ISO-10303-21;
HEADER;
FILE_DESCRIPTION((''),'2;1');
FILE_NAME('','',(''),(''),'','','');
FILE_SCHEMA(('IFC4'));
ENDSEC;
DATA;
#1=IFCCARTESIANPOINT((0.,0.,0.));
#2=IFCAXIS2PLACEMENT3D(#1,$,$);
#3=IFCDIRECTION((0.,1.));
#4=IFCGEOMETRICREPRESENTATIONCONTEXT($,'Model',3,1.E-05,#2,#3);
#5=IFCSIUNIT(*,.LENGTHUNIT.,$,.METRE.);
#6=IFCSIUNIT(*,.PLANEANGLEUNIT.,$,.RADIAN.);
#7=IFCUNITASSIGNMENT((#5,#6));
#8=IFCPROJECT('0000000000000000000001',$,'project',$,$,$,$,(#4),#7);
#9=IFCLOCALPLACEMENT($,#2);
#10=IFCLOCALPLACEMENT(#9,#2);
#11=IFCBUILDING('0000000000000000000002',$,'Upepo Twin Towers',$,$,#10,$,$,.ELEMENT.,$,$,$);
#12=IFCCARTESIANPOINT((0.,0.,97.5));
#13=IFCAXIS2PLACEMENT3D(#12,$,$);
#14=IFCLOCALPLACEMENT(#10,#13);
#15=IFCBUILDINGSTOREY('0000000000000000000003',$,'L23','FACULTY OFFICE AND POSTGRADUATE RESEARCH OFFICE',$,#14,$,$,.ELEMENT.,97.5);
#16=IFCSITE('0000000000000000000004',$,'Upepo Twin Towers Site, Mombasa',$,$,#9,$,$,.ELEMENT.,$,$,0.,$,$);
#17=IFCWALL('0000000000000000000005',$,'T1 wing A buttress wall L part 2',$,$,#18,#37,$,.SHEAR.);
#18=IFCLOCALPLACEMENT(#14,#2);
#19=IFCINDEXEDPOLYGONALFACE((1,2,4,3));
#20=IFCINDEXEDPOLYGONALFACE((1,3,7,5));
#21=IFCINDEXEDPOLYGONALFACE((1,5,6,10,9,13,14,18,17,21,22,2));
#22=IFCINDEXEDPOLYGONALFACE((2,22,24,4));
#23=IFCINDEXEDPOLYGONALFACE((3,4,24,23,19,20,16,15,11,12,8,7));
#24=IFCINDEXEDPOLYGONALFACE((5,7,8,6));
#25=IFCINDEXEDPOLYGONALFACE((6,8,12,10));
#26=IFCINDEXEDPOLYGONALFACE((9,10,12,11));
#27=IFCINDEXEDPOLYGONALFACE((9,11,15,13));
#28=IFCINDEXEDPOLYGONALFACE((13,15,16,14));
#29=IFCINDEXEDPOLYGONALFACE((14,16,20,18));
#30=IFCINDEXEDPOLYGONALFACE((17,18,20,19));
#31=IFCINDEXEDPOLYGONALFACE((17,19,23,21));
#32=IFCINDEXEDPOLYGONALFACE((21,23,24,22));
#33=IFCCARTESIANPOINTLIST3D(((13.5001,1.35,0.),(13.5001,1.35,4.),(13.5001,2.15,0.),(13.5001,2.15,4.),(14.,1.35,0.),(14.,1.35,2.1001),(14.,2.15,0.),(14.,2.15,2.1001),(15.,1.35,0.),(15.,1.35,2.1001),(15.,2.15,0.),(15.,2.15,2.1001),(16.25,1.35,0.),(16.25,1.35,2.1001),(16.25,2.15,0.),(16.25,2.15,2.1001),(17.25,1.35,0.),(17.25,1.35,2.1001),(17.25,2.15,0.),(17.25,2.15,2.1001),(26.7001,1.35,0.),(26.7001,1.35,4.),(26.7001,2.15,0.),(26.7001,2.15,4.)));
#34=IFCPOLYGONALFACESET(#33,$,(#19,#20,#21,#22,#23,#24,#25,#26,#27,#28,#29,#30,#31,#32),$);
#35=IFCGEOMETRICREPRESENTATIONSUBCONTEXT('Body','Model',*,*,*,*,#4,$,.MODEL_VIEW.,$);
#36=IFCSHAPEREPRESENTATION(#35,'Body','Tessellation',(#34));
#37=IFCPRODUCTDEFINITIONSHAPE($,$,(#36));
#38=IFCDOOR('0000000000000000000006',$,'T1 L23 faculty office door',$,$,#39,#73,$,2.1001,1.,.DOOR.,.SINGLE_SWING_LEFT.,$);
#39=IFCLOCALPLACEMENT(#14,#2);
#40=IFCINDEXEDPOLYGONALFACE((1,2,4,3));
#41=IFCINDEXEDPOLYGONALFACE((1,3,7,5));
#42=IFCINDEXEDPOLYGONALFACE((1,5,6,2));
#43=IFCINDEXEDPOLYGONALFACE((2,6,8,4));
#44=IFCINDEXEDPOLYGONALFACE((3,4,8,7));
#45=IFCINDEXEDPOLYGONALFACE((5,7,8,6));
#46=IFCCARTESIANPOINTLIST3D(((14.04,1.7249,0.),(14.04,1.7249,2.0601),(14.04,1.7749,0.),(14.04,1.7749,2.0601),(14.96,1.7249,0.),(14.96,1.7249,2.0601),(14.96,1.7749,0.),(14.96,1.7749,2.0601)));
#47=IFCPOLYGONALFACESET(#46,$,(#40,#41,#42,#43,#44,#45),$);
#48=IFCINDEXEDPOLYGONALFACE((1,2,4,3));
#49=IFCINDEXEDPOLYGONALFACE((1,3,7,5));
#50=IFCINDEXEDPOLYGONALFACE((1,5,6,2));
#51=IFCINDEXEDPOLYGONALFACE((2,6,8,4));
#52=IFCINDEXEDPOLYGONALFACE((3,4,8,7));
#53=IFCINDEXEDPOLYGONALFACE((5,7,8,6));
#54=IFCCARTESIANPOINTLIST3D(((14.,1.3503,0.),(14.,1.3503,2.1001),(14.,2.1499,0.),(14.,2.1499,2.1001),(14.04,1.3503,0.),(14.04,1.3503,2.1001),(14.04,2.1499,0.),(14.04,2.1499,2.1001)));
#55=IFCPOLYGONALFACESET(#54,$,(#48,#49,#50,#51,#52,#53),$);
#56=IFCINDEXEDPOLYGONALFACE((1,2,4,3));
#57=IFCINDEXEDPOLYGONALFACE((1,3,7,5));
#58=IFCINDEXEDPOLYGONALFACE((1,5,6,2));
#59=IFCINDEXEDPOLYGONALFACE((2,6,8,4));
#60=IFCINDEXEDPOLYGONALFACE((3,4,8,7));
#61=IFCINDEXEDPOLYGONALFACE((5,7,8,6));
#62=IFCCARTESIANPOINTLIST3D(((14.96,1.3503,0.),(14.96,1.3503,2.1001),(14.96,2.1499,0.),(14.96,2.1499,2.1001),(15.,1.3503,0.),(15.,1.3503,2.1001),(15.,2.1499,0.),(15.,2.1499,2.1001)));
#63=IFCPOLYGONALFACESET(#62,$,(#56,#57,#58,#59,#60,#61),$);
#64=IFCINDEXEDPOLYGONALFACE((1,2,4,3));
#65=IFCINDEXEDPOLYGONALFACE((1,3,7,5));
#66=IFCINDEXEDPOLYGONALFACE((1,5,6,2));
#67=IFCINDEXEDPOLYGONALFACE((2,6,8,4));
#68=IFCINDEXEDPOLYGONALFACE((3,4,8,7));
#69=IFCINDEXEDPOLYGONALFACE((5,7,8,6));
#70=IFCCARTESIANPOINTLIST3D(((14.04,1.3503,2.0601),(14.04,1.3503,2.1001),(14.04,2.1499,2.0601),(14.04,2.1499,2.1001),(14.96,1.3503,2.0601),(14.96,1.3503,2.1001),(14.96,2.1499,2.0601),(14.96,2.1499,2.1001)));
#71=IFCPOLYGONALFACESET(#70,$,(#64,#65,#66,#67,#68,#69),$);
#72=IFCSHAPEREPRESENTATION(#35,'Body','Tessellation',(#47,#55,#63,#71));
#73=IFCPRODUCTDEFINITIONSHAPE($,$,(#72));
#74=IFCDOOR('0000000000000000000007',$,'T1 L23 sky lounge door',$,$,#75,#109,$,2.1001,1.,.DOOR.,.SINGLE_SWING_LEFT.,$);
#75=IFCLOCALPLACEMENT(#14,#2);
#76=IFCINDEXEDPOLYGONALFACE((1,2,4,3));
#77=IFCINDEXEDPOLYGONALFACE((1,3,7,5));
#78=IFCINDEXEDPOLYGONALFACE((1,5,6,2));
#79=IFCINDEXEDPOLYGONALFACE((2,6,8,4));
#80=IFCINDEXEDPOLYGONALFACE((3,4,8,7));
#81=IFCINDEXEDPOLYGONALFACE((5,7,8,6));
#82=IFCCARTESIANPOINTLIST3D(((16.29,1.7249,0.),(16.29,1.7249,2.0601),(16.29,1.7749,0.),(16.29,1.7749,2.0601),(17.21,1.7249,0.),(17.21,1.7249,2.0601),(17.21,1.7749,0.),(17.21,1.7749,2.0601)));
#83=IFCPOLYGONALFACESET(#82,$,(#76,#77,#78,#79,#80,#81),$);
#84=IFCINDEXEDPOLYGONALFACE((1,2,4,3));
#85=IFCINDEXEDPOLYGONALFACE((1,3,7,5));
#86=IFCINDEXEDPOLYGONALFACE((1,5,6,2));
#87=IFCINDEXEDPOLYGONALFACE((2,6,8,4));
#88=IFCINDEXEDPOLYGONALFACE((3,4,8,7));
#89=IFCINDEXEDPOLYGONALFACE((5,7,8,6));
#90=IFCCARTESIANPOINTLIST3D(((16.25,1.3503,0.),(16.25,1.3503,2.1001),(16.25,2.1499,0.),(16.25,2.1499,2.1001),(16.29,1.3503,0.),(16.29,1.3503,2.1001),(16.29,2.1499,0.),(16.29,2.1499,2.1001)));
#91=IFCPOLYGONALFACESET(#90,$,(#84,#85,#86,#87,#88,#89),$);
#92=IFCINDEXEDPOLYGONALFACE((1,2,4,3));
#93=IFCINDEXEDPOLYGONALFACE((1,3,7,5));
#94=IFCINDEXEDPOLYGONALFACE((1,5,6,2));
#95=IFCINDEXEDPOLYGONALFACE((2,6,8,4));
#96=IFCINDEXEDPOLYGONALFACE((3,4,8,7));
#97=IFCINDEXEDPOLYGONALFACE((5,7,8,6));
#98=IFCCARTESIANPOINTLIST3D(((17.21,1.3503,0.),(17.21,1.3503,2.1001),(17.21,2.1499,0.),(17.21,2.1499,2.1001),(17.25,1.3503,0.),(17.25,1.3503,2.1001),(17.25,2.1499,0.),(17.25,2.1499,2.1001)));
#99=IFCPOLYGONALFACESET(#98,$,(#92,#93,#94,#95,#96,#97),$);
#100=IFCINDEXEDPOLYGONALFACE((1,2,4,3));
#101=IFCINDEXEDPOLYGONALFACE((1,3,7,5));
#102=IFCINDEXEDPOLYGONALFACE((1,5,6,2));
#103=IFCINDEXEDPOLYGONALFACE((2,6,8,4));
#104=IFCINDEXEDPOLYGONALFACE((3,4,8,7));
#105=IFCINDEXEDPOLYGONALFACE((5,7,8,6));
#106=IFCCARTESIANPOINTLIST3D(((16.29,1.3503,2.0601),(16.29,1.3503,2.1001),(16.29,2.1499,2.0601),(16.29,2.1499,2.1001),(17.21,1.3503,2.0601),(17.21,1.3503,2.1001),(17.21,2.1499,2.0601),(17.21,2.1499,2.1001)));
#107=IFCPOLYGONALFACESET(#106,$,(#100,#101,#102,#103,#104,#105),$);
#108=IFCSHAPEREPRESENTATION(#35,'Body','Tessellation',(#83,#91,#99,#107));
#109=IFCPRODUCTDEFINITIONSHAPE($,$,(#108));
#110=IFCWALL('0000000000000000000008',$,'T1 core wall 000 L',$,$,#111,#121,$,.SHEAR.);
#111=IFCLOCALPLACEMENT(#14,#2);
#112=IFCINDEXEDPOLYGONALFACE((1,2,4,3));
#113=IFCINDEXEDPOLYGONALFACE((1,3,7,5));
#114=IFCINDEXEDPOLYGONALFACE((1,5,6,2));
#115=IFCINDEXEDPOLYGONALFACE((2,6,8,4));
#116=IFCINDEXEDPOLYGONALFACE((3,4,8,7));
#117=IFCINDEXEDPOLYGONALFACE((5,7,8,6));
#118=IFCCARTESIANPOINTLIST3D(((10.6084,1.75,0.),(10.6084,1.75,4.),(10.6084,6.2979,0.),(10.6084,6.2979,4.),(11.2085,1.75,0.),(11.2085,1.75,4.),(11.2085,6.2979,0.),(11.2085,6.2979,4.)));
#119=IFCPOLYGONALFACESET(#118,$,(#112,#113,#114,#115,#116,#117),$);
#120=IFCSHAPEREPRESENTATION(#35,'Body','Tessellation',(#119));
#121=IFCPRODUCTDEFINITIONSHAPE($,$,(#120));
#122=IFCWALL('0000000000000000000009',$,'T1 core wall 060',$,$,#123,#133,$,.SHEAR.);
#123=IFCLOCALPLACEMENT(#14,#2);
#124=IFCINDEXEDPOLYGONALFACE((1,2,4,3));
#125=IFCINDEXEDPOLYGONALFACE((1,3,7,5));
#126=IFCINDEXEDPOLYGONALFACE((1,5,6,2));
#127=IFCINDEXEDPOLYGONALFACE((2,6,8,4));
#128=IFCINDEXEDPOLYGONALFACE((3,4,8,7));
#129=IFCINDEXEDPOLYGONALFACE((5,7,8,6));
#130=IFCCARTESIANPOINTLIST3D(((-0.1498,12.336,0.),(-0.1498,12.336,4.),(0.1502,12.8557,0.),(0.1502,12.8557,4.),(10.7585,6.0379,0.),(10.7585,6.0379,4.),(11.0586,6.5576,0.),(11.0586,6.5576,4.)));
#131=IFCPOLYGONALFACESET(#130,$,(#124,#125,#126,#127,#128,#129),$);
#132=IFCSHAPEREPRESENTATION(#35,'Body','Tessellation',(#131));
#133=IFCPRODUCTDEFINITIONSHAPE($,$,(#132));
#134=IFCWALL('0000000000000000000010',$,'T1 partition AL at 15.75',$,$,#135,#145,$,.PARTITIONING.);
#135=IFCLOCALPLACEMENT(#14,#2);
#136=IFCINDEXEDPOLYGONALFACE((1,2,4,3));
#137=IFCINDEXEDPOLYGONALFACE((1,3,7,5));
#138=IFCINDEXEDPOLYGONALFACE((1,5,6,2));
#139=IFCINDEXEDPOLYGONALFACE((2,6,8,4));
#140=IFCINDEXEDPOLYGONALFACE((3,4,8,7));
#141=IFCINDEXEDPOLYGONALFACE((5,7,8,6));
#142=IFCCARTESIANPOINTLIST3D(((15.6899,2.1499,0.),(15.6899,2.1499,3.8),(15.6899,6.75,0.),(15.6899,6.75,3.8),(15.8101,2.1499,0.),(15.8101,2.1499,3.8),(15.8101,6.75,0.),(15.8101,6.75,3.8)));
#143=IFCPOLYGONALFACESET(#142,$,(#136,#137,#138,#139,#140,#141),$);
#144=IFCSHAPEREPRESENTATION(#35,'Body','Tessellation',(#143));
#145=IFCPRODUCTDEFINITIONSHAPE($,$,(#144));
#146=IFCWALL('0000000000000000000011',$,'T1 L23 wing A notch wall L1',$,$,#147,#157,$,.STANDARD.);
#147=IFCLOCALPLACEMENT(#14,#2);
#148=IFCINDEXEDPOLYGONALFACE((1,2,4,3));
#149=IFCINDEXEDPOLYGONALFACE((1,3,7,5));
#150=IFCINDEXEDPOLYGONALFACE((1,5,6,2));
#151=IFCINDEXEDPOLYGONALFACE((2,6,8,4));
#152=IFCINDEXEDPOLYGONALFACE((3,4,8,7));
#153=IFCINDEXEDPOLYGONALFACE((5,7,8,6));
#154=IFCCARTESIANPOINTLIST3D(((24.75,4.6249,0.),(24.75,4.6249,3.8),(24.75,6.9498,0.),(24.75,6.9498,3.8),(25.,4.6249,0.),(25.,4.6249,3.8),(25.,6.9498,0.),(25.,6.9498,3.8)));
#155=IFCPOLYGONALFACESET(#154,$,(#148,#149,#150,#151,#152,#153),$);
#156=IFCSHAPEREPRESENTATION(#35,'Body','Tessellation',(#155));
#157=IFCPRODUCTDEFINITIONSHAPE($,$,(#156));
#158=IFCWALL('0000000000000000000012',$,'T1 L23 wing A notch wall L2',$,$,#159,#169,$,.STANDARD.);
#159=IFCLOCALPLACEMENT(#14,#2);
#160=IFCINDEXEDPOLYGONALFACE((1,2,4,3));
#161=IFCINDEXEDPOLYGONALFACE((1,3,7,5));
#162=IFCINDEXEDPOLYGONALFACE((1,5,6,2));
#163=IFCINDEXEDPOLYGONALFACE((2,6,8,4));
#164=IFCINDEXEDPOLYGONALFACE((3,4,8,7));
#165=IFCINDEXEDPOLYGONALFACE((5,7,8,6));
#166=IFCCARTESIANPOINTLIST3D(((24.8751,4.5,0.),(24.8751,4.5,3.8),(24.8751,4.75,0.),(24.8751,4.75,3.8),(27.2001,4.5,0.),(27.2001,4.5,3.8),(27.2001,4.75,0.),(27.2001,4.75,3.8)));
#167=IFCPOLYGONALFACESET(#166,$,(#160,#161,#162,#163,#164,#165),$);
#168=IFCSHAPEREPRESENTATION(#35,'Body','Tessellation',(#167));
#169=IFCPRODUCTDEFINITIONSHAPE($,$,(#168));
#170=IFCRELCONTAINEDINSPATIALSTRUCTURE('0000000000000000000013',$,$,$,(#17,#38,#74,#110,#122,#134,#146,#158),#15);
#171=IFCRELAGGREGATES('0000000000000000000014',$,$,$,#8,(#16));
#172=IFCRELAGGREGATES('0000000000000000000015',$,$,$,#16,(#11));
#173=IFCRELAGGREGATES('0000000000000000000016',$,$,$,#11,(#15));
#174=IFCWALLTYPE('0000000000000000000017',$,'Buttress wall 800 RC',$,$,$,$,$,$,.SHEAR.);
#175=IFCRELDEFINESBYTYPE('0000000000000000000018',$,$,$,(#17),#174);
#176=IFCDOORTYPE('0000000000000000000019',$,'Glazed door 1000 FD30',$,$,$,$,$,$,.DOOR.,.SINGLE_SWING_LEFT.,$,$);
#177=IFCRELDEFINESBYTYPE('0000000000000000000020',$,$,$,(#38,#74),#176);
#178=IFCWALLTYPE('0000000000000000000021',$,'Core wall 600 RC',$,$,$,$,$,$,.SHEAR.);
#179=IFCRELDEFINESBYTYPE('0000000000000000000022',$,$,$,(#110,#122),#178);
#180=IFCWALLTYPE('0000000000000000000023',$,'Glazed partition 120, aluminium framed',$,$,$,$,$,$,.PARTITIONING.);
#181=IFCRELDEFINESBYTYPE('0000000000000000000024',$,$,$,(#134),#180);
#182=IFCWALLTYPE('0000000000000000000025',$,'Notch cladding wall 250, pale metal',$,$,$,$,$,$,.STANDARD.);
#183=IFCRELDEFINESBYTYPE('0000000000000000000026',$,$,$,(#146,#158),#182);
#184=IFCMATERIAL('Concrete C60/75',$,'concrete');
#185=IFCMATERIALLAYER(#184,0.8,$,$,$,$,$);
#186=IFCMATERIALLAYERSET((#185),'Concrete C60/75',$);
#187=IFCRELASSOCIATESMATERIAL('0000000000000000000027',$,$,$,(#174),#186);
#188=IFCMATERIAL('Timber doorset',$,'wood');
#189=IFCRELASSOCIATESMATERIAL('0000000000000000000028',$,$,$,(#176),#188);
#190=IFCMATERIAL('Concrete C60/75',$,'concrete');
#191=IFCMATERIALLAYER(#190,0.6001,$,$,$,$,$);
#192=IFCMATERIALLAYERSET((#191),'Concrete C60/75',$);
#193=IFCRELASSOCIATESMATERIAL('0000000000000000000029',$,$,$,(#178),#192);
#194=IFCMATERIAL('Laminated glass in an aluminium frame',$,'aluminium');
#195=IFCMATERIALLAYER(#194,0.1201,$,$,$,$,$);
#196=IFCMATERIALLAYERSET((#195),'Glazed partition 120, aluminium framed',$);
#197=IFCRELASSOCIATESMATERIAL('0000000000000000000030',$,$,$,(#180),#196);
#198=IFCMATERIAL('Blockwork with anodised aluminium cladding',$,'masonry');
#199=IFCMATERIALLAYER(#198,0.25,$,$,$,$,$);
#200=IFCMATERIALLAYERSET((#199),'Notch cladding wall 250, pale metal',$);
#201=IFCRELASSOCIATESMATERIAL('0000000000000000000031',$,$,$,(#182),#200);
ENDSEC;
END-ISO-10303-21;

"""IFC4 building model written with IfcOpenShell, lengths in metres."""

from ifc_helpers import new_model, si_unit, direction, frame, frame_2d, origin, place, context, subcontext, project, spatial, rectangle, extrude, material, layer, layer_set, type_object, element, fill, save


model = new_model("IFC4")

# Units and contexts
model_context = context("Model", 3, precision=1e-05, world=origin(), true_north=direction((0.0, 1.0)))
body_context = subcontext(model_context, "Body", "Model", "MODEL_VIEW")
ifc_project = project(units=[si_unit("LENGTHUNIT", "METRE"), si_unit("PLANEANGLEUNIT", "RADIAN")], contexts=[model_context])

# Site, building, storey
site_placement = place(None, origin())
site = spatial("IfcSite", under=ifc_project, at=site_placement, Name="Upepo Twin Towers Site, Mombasa", CompositionType="ELEMENT", RefElevation=0.0)
building_placement = place(site_placement, origin())
building = spatial("IfcBuilding", under=site, at=building_placement, Name="Upepo Twin Towers", CompositionType="ELEMENT")
storey_placement = place(building_placement, frame((0.0, 0.0, 97.5)))
storey = spatial("IfcBuildingStorey", under=building, at=storey_placement, Name="L23", Description="FACULTY OFFICE AND POSTGRADUATE RESEARCH OFFICE", CompositionType="ELEMENT", Elevation=97.5)

# Wall, openings, doors
ifc_material_1 = material(Name="Concrete C60/75", Category="concrete")
ifc_layer_1 = layer(ifc_material_1, 0.8)
ifc_layer_set_1 = layer_set([ifc_layer_1], Name="Concrete C60/75")
wall_type_1 = type_object("IfcWallType", Name="Buttress wall 800 RC", PredefinedType="SHEAR", material=ifc_layer_set_1)
wall_1_placement = place(storey_placement, frame((13.5, 1.75, 0.0), z_axis=(0.0, 0.0, 1.0), x_axis=(1.0, 0.0, 0.0)))
wall_1 = element("IfcWall", 1, at=wall_1_placement, inside=storey, type_object=wall_type_1, Name="T1 wing A buttress wall L part 2", PredefinedType="SHEAR", context=body_context, shape_type="SweptSolid", body=[
    extrude(rectangle(XDim=13.2, YDim=0.8, at=frame_2d((6.6001, 0.0))), origin(), (0.0, 0.0, 1.0), 4.0),
])
opening_1_placement = place(wall_1_placement, frame((0.5, 0.0, 0.0)))
opening_1 = element("IfcOpeningElement", 2, at=opening_1_placement, cuts=wall_1, PredefinedType="OPENING", context=body_context, shape_type="SweptSolid", body=[
    extrude(rectangle(XDim=1.0, YDim=2.1001, at=frame_2d((0.5, 1.05))), frame((0.0, 0.4099, 0.0), z_axis=(0.0, -1.0, 0.0), x_axis=(1.0, 0.0, 0.0)), (0.0, 0.0, 1.0), 0.8201),
])
opening_2_placement = place(wall_1_placement, frame((2.75, 0.0, 0.0)))
opening_2 = element("IfcOpeningElement", 3, at=opening_2_placement, cuts=wall_1, PredefinedType="OPENING", context=body_context, shape_type="SweptSolid", body=[
    extrude(rectangle(XDim=1.0, YDim=2.1001, at=frame_2d((0.5, 1.05))), frame((0.0, 0.4099, 0.0), z_axis=(0.0, -1.0, 0.0), x_axis=(1.0, 0.0, 0.0)), (0.0, 0.0, 1.0), 0.8201),
])
ifc_material_2 = material(Name="Timber doorset", Category="wood")
door_type = type_object("IfcDoorType", Name="Glazed door 1000 FD30", OperationType="SINGLE_SWING_LEFT", PredefinedType="DOOR", material=ifc_material_2)
door_1_placement = place(opening_1_placement, origin())
door_1 = element("IfcDoor", 4, at=door_1_placement, inside=storey, type_object=door_type, Name="T1 L23 faculty office door", OperationType="SINGLE_SWING_LEFT", OverallHeight=2.1001, OverallWidth=1.0, PredefinedType="DOOR", context=body_context, shape_type="SweptSolid", body=[
    extrude(rectangle(XDim=0.92, YDim=2.0601, at=frame_2d((0.5, 1.03))), frame((0.0, 0.0249, 0.0), z_axis=(0.0, -1.0, 0.0), x_axis=(1.0, 0.0, 0.0)), (0.0, 0.0, 1.0), 0.05),
    extrude(rectangle(XDim=0.04, YDim=2.1001, at=frame_2d((0.02, 1.05))), frame((0.0, 0.3999, 0.0), z_axis=(0.0, -1.0, 0.0), x_axis=(1.0, 0.0, 0.0)), (0.0, 0.0, 1.0), 0.7996),
    extrude(rectangle(XDim=0.04, YDim=2.1001, at=frame_2d((0.98, 1.05))), frame((0.0, 0.3999, 0.0), z_axis=(0.0, -1.0, 0.0), x_axis=(1.0, 0.0, 0.0)), (0.0, 0.0, 1.0), 0.7996),
    extrude(rectangle(XDim=0.92, YDim=0.04, at=frame_2d((0.5, 2.0801))), frame((0.0, 0.3999, 0.0), z_axis=(0.0, -1.0, 0.0), x_axis=(1.0, 0.0, 0.0)), (0.0, 0.0, 1.0), 0.7996),
])
fill(opening_1, door_1)
door_2_placement = place(opening_2_placement, origin())
door_2 = element("IfcDoor", 5, at=door_2_placement, inside=storey, type_object=door_type, Name="T1 L23 sky lounge door", OperationType="SINGLE_SWING_LEFT", OverallHeight=2.1001, OverallWidth=1.0, PredefinedType="DOOR", context=body_context, shape_type="SweptSolid", body=[
    extrude(rectangle(XDim=0.92, YDim=2.0601, at=frame_2d((0.5, 1.03))), frame((0.0, 0.0249, 0.0), z_axis=(0.0, -1.0, 0.0), x_axis=(1.0, 0.0, 0.0)), (0.0, 0.0, 1.0), 0.05),
    extrude(rectangle(XDim=0.04, YDim=2.1001, at=frame_2d((0.02, 1.05))), frame((0.0, 0.3999, 0.0), z_axis=(0.0, -1.0, 0.0), x_axis=(1.0, 0.0, 0.0)), (0.0, 0.0, 1.0), 0.7996),
    extrude(rectangle(XDim=0.04, YDim=2.1001, at=frame_2d((0.98, 1.05))), frame((0.0, 0.3999, 0.0), z_axis=(0.0, -1.0, 0.0), x_axis=(1.0, 0.0, 0.0)), (0.0, 0.0, 1.0), 0.7996),
    extrude(rectangle(XDim=0.92, YDim=0.04, at=frame_2d((0.5, 2.0801))), frame((0.0, 0.3999, 0.0), z_axis=(0.0, -1.0, 0.0), x_axis=(1.0, 0.0, 0.0)), (0.0, 0.0, 1.0), 0.7996),
])
fill(opening_2, door_2)

# Walls
ifc_material_3 = material(Name="Concrete C60/75", Category="concrete")
ifc_layer_2 = layer(ifc_material_3, 0.6001)
ifc_layer_set_2 = layer_set([ifc_layer_2], Name="Concrete C60/75")
wall_type_2 = type_object("IfcWallType", Name="Core wall 600 RC", PredefinedType="SHEAR", material=ifc_layer_set_2)
wall_2_placement = place(storey_placement, frame((10.9084, 1.75, 0.0), z_axis=(0.0, 0.0, 1.0), x_axis=(0.0, 1.0, 0.0)))
element("IfcWall", 6, at=wall_2_placement, inside=storey, type_object=wall_type_2, Name="T1 core wall 000 L", PredefinedType="SHEAR", context=body_context, shape_type="SweptSolid", body=[
    extrude(rectangle(XDim=4.5479, YDim=0.6001, at=frame_2d((2.2739, 0.0))), origin(), (0.0, 0.0, 1.0), 4.0),
])
wall_3_placement = place(storey_placement, frame((10.9084, 6.2979, 0.0), z_axis=(0.0, 0.0, 1.0), x_axis=(-0.866022, 0.500006, 0.0)))
element("IfcWall", 7, at=wall_3_placement, inside=storey, type_object=wall_type_2, Name="T1 core wall 060", PredefinedType="SHEAR", context=body_context, shape_type="SweptSolid", body=[
    extrude(rectangle(XDim=12.5959, YDim=0.6001, at=frame_2d((6.2979, 0.0))), origin(), (0.0, 0.0, 1.0), 4.0),
])
ifc_material_4 = material(Name="Laminated glass in an aluminium frame", Category="aluminium")
ifc_layer_3 = layer(ifc_material_4, 0.1201)
ifc_layer_set_3 = layer_set([ifc_layer_3], Name="Glazed partition 120, aluminium framed")
wall_type_3 = type_object("IfcWallType", Name="Glazed partition 120, aluminium framed", PredefinedType="PARTITIONING", material=ifc_layer_set_3)
wall_4_placement = place(storey_placement, frame((15.75, 2.1499, 0.0), z_axis=(0.0, 0.0, 1.0), x_axis=(0.0, 1.0, 0.0)))
element("IfcWall", 8, at=wall_4_placement, inside=storey, type_object=wall_type_3, Name="T1 partition AL at 15.75", PredefinedType="PARTITIONING", context=body_context, shape_type="SweptSolid", body=[
    extrude(rectangle(XDim=4.6001, YDim=0.1201, at=frame_2d((2.3, 0.0))), origin(), (0.0, 0.0, 1.0), 3.8),
])
ifc_material_5 = material(Name="Blockwork with anodised aluminium cladding", Category="masonry")
ifc_layer_4 = layer(ifc_material_5, 0.25)
ifc_layer_set_4 = layer_set([ifc_layer_4], Name="Notch cladding wall 250, pale metal")
wall_type_4 = type_object("IfcWallType", Name="Notch cladding wall 250, pale metal", PredefinedType="STANDARD", material=ifc_layer_set_4)
for number, where, z_axis, x_axis, name in (
    (9, (24.875, 6.95, 0.0), (0.0, 0.0, 1.0), (0.0, -1.0, 0.0), "T1 L23 wing A notch wall L1"),
    (10, (24.875, 4.625, 0.0), (0.0, 0.0, 1.0), (1.0, 0.0, 0.0), "T1 L23 wing A notch wall L2"),
):
    element("IfcWall", number, at=place(storey_placement, frame(where, z_axis=z_axis, x_axis=x_axis)), inside=storey, type_object=wall_type_4, Name=name, PredefinedType="STANDARD", context=body_context, shape_type="SweptSolid", body=[
        extrude(rectangle(XDim=2.325, YDim=0.25, at=frame_2d((1.1626, 0.0))), origin(), (0.0, 0.0, 1.0), 3.8),
    ])

save(model, "model.ifc")
